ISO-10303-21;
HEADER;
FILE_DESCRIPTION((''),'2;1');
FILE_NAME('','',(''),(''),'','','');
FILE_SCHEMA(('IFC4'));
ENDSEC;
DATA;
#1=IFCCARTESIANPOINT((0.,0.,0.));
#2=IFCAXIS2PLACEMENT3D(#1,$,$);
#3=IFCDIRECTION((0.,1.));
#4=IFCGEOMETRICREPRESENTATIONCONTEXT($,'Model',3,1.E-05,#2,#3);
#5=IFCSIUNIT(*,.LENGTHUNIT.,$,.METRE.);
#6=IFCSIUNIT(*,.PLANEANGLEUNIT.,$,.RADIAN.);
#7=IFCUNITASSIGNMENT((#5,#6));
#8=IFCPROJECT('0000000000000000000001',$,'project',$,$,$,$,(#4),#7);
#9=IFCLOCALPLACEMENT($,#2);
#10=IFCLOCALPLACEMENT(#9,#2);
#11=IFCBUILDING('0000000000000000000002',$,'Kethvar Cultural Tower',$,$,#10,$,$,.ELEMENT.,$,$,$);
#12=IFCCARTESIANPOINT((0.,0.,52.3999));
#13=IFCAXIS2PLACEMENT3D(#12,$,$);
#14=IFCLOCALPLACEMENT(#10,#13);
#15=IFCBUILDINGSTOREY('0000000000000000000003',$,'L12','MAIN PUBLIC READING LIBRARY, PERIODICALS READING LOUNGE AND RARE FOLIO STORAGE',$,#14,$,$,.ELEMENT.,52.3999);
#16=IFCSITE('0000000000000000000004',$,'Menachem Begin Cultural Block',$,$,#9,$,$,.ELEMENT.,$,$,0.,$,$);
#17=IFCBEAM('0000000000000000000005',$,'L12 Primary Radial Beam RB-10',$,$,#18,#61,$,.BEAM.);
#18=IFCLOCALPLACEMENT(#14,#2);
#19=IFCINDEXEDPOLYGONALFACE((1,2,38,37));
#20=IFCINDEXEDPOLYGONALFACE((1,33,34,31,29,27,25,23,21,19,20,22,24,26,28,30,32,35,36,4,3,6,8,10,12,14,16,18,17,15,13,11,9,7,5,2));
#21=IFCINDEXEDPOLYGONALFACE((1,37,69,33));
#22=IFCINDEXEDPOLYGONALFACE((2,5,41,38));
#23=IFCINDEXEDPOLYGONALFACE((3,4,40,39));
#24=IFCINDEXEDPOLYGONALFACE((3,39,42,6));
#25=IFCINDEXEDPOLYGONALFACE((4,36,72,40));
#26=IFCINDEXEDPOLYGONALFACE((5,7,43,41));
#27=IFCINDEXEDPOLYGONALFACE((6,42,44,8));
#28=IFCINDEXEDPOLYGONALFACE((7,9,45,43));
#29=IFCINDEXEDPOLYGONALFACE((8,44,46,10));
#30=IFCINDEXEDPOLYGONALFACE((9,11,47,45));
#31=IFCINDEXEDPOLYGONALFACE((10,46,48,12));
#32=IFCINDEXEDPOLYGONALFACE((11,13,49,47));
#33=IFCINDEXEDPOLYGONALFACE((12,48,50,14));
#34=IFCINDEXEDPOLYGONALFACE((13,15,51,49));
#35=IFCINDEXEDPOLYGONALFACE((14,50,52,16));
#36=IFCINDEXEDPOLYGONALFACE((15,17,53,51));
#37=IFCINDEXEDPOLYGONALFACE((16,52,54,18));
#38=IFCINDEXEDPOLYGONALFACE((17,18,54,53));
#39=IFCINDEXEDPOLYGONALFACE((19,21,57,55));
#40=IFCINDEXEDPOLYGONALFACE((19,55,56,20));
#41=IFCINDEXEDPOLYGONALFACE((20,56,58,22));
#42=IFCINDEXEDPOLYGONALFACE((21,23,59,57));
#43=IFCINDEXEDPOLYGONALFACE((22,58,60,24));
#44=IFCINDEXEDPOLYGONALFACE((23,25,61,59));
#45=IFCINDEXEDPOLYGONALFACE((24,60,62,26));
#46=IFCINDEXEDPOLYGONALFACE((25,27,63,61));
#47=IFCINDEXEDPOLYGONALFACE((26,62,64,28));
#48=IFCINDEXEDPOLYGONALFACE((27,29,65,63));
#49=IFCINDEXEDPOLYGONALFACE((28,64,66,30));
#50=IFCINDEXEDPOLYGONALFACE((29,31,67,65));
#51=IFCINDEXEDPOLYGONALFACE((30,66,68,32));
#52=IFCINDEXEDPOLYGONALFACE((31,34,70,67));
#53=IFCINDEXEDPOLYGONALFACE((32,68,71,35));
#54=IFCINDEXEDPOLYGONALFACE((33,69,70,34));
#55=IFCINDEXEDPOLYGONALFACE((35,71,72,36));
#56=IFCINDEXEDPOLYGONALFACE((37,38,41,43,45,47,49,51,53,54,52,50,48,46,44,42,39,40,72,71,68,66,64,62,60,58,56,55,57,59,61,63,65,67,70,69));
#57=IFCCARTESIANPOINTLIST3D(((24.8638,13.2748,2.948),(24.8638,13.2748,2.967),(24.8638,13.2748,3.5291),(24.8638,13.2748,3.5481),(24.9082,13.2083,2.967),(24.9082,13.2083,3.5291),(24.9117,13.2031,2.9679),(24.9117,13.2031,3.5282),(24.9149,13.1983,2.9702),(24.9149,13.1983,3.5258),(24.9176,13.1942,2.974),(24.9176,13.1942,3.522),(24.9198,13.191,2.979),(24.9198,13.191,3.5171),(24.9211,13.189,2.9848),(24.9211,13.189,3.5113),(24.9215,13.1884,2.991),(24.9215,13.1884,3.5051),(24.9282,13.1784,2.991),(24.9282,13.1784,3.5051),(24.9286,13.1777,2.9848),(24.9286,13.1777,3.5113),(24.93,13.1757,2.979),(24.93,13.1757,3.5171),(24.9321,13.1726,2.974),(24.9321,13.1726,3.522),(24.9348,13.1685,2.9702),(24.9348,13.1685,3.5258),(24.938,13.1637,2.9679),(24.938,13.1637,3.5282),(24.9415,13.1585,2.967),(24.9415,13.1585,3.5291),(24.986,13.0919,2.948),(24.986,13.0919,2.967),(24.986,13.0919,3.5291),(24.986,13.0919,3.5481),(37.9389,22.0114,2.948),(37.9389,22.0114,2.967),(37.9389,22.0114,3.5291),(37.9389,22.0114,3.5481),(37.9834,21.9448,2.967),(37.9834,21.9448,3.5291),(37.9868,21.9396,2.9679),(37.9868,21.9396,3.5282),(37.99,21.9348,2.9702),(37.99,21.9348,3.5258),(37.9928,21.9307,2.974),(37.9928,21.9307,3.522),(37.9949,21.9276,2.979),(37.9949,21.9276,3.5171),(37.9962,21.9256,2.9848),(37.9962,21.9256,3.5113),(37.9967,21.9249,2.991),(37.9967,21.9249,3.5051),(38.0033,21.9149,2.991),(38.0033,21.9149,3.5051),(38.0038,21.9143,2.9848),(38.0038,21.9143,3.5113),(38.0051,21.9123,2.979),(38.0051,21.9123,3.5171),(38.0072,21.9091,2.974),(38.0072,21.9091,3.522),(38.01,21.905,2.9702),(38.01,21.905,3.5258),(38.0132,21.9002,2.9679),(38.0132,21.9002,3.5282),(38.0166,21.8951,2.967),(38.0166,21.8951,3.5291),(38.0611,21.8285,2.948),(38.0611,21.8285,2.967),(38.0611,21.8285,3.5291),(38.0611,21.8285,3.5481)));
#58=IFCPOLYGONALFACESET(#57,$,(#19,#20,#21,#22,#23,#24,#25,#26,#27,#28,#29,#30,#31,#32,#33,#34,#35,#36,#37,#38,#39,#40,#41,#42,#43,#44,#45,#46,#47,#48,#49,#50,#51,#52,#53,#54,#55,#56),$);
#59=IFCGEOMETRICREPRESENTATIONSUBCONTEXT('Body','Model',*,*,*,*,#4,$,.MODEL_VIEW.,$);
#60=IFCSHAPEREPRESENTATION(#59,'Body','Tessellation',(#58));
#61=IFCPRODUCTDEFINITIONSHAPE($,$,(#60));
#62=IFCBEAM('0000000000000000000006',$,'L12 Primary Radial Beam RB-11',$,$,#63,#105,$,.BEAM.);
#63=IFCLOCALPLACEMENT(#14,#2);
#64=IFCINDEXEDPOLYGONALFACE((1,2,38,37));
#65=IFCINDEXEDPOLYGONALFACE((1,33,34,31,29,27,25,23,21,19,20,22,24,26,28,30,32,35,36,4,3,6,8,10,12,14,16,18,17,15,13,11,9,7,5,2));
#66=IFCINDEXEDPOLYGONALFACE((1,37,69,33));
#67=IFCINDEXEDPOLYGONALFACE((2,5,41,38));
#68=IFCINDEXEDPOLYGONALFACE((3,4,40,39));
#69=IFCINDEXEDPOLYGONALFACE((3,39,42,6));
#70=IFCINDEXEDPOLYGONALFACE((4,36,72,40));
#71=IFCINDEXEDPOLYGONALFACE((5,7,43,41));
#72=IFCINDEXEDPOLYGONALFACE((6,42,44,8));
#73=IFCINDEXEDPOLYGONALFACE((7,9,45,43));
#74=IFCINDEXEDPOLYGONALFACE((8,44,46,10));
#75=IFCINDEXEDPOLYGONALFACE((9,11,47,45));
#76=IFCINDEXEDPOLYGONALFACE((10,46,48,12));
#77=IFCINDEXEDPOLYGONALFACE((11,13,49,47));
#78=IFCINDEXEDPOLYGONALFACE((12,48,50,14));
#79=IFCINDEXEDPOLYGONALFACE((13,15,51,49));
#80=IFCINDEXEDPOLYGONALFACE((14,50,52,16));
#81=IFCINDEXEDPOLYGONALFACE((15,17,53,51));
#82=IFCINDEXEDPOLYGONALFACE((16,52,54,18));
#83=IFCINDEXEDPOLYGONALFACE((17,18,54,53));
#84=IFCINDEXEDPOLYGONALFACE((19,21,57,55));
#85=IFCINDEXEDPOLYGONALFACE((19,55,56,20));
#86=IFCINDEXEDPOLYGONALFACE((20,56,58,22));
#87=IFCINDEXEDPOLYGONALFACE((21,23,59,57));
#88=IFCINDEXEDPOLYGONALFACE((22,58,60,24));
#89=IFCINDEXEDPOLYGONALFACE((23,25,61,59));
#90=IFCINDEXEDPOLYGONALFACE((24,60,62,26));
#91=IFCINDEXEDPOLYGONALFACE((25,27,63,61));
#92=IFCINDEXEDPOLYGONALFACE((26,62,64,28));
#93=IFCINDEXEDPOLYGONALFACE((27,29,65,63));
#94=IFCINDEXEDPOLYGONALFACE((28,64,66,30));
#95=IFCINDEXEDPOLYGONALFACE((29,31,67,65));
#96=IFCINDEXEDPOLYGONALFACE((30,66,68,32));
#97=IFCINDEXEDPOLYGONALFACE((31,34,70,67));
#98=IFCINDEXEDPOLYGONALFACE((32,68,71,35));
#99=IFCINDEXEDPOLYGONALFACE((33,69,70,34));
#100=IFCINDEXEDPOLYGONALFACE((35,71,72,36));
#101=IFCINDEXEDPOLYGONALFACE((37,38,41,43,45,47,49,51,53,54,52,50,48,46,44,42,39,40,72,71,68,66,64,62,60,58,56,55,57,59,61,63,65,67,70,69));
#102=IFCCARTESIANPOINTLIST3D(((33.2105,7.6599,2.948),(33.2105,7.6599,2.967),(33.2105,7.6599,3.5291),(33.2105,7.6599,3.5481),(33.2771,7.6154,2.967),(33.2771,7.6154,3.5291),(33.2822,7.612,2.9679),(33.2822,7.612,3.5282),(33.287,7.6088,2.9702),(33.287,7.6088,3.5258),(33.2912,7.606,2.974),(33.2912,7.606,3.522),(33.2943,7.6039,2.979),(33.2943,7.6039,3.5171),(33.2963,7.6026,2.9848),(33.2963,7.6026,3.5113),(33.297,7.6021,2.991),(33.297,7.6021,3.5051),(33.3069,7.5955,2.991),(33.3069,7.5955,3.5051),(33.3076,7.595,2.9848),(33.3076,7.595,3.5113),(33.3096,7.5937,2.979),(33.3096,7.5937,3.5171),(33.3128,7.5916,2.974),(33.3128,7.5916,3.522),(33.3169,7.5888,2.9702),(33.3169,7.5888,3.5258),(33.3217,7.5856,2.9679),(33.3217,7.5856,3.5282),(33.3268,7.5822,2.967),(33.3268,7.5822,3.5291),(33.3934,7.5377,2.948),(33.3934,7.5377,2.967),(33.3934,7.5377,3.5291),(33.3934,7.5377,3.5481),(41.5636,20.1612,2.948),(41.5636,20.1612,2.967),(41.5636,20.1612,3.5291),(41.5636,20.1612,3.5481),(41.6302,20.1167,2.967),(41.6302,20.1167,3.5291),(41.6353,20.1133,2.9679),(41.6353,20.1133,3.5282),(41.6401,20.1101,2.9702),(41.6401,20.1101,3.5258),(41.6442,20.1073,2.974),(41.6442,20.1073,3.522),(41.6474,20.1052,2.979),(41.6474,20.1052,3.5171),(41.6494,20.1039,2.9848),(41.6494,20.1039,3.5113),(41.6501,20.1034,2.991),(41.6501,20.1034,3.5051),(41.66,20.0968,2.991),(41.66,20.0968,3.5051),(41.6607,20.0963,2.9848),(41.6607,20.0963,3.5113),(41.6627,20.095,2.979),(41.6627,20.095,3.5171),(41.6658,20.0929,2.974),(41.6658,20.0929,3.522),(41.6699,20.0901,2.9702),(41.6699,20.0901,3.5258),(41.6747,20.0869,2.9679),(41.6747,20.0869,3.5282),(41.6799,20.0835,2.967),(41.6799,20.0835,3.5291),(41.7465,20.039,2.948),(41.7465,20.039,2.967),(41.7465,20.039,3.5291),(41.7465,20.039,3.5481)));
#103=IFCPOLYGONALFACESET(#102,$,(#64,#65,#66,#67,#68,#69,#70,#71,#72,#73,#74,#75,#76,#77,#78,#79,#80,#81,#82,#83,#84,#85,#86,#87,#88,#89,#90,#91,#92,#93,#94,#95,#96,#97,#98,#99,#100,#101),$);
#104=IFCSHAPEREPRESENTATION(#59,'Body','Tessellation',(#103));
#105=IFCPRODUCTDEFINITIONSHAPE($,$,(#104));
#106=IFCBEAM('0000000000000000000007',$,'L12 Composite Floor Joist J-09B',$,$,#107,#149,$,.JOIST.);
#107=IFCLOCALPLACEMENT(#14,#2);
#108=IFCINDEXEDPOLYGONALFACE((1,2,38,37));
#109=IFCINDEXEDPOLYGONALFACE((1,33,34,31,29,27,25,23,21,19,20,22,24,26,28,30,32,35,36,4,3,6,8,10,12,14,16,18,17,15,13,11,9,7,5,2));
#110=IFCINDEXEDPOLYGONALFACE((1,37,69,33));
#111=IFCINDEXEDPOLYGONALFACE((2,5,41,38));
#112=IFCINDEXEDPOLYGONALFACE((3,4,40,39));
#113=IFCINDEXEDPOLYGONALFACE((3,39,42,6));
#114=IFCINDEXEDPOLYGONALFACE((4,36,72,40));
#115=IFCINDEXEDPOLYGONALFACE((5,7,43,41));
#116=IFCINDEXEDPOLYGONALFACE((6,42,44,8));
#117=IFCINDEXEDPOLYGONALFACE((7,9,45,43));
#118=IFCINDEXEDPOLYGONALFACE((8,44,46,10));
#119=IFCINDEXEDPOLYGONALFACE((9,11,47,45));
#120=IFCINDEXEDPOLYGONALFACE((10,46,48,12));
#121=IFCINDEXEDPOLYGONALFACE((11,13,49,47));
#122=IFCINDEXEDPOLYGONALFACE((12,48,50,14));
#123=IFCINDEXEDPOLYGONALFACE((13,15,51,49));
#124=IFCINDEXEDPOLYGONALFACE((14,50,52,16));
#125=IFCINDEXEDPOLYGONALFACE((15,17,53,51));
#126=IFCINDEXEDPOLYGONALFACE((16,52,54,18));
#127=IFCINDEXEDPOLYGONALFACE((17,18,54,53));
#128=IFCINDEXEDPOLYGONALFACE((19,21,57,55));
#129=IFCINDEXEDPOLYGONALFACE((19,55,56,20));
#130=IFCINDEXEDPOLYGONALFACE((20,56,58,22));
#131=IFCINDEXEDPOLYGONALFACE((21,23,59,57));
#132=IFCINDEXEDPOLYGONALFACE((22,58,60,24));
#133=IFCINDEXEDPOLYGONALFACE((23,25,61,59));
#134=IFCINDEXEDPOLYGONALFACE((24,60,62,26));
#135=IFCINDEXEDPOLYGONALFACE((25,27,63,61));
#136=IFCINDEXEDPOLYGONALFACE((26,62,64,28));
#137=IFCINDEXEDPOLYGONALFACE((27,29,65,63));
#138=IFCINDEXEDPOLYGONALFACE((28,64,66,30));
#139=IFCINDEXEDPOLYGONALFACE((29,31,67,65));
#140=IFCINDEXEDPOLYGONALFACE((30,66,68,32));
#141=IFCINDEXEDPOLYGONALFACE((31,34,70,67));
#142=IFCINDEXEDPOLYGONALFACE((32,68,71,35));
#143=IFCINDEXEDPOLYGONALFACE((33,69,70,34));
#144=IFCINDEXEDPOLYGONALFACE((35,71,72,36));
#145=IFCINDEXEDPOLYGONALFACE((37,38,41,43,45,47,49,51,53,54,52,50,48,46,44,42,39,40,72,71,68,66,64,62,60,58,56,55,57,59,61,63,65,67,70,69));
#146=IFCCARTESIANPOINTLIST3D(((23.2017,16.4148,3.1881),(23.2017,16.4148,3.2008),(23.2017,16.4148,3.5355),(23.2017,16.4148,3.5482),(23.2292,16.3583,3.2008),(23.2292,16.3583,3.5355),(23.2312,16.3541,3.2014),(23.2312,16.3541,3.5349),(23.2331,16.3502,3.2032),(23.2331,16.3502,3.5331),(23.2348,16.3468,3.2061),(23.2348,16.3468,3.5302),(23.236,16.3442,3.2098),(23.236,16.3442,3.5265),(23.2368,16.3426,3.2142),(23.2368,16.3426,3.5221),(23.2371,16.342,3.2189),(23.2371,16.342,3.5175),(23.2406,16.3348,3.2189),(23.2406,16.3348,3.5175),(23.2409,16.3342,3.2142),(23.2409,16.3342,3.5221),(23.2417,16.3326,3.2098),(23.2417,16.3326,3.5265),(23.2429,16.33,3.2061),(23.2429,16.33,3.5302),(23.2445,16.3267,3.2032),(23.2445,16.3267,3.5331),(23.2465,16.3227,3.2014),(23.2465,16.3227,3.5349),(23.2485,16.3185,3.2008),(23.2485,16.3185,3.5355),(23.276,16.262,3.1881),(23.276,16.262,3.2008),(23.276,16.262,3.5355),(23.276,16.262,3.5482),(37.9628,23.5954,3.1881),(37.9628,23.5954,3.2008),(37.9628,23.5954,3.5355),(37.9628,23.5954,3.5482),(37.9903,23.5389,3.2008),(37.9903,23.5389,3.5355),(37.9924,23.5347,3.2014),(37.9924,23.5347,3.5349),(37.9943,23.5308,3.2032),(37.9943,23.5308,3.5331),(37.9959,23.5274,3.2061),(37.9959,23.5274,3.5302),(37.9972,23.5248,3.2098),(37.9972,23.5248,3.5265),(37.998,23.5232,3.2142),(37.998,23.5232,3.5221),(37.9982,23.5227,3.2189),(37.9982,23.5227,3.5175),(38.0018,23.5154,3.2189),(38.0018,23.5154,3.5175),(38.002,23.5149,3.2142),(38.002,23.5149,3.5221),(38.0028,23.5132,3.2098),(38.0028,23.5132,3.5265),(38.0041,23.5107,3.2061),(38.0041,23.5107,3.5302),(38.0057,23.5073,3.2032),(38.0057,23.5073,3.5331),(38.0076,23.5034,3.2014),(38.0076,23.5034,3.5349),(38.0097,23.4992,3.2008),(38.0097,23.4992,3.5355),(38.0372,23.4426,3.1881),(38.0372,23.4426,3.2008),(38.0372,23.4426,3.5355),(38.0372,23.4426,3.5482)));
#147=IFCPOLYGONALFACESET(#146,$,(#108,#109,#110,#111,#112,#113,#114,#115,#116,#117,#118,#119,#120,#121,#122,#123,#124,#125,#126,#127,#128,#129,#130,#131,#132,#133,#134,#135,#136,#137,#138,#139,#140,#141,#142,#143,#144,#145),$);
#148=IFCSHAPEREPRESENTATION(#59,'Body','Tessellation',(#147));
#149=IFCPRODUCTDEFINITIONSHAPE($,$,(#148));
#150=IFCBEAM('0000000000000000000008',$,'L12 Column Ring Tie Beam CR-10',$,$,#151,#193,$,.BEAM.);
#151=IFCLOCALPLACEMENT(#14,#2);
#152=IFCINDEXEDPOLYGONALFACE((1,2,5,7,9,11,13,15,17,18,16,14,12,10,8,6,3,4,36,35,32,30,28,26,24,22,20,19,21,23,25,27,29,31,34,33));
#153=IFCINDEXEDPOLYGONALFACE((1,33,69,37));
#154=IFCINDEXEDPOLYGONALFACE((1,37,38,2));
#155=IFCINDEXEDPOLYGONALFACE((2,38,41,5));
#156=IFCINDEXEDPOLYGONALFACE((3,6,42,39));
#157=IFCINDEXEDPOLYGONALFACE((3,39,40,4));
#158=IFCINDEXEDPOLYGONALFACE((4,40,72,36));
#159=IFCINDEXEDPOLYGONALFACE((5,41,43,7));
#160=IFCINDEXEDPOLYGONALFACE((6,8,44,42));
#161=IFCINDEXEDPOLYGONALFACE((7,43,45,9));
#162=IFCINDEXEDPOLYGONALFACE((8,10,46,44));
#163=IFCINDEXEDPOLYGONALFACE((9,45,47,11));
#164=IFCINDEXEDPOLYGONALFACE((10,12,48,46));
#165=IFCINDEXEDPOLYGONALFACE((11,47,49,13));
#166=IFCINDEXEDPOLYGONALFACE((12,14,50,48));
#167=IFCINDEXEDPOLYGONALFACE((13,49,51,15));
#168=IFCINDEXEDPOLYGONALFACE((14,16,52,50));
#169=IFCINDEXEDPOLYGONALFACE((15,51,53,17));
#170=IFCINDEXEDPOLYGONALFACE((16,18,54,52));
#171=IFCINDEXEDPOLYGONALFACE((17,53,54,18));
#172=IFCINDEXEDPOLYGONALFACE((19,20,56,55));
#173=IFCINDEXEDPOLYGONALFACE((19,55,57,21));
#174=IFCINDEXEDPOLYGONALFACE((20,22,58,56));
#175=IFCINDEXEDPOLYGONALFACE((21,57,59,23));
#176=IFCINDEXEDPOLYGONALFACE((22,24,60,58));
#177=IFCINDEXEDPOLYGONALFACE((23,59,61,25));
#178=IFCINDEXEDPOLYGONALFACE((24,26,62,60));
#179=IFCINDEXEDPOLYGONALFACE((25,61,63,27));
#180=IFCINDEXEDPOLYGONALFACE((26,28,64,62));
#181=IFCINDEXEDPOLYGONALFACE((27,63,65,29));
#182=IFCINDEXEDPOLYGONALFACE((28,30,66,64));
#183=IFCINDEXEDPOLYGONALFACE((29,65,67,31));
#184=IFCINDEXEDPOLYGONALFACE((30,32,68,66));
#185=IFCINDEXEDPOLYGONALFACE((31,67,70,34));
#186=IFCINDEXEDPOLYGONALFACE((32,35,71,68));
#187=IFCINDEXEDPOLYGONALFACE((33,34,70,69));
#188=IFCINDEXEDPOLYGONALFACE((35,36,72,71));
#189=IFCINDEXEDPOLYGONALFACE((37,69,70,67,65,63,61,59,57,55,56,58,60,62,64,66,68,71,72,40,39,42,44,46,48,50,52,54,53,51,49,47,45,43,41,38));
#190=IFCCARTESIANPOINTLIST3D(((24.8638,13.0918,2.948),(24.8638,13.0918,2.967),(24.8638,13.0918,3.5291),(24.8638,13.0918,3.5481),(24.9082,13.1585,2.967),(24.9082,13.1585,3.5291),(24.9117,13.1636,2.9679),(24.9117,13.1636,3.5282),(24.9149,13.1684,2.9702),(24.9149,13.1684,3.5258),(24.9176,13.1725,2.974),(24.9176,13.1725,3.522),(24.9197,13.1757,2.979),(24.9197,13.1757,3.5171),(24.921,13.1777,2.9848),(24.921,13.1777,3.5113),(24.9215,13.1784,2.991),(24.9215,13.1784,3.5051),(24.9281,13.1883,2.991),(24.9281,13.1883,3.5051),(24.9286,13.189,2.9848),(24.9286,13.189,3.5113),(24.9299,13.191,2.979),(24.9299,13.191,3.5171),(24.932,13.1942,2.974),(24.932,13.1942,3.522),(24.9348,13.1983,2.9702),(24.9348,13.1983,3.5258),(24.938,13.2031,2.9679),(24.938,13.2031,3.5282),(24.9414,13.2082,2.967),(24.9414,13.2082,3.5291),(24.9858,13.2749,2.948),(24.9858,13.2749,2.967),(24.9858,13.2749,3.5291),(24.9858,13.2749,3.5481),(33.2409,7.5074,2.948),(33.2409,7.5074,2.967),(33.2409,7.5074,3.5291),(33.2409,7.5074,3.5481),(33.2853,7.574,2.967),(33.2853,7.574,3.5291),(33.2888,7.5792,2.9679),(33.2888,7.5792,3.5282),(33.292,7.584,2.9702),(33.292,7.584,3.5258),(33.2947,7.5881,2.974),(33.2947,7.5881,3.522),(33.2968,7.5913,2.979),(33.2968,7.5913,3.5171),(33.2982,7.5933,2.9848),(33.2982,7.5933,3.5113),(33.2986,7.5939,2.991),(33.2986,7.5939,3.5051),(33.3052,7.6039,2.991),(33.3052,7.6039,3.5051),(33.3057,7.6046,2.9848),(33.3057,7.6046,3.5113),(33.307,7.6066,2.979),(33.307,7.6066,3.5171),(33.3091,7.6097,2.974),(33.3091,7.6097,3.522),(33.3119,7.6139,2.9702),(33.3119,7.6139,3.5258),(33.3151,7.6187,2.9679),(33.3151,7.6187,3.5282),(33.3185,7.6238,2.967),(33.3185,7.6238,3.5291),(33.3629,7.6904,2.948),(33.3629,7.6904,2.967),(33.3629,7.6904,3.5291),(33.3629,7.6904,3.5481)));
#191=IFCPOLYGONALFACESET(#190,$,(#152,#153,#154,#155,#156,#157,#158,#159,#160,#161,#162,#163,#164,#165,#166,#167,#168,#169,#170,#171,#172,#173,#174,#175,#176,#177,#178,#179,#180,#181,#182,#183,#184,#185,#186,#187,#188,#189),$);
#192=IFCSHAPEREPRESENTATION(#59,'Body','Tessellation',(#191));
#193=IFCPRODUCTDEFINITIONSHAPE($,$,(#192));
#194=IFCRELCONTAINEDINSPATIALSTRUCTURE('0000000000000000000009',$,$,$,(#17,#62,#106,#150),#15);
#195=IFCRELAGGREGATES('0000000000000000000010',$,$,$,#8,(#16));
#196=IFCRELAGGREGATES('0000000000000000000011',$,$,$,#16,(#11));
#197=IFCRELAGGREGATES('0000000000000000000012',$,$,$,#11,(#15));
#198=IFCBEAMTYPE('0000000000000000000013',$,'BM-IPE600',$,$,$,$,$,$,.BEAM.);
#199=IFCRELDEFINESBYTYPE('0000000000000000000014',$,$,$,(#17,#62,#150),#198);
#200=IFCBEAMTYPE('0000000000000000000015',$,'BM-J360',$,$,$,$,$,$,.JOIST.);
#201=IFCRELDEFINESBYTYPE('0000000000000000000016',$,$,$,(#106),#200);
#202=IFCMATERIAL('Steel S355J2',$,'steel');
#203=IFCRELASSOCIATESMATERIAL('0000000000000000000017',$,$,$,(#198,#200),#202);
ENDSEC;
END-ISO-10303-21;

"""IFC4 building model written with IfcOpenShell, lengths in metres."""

from ifc_helpers import new_model, si_unit, direction, frame, origin, origin_2d, place, context, subcontext, project, spatial, i_section, extrude, source, transform, mapped, material, material_profile, profile_set, type_object, element, save


model = new_model("IFC4")

# Units and contexts
model_context = context("Model", 3, precision=1e-05, world=origin(), true_north=direction((0.0, 1.0)))
body_context = subcontext(model_context, "Body", "Model", "MODEL_VIEW")
ifc_project = project(units=[si_unit("LENGTHUNIT", "METRE"), si_unit("PLANEANGLEUNIT", "RADIAN")], contexts=[model_context])

# Site, building, storey
site_placement = place(None, origin())
site = spatial("IfcSite", under=ifc_project, at=site_placement, Name="Menachem Begin Cultural Block", CompositionType="ELEMENT", RefElevation=0.0)
building_placement = place(site_placement, origin())
building = spatial("IfcBuilding", under=site, at=building_placement, Name="Kethvar Cultural Tower", CompositionType="ELEMENT")
storey_placement = place(building_placement, frame((0.0, 0.0, 52.3999)))
storey = spatial("IfcBuildingStorey", under=building, at=storey_placement, Name="L12", Description="MAIN PUBLIC READING LIBRARY, PERIODICALS READING LOUNGE AND RARE FOLIO STORAGE", CompositionType="ELEMENT", Elevation=52.3999)

# Beams
ifc_material_1 = material(Name="Steel S355J2", Category="steel")
ifc_material_profile_1 = material_profile(ifc_material_1, i_section(OverallWidth=0.22, OverallDepth=0.6001, WebThickness=0.012, FlangeThickness=0.019, FilletRadius=0.0239, at=origin_2d()), Name="Steel S355J2 — IPE600")
ifc_profile_set_1 = profile_set([ifc_material_profile_1], Name="Steel S355J2 — IPE600")
beam_type_1 = type_object("IfcBeamType", Name="BM-IPE600", PredefinedType="BEAM", material=ifc_profile_set_1)
shared_shape_1 = source(origin(), body_context, "Body", "SweptSolid", [
    extrude(i_section(OverallWidth=0.22, OverallDepth=0.6001, WebThickness=0.012, FlangeThickness=0.019, FilletRadius=0.0239, at=origin_2d()), origin(), (0.0, 0.0, 1.0), 15.7253),
])
beam_1_placement = place(storey_placement, frame((38.0, 21.9199, 3.248), z_axis=(-0.831469, -0.55557, 0.0), x_axis=(0.55557, -0.831469, 0.0)))
element("IfcBeam", 1, at=beam_1_placement, inside=storey, type_object=beam_type_1, Name="L12 Primary Radial Beam RB-10", PredefinedType="BEAM", context=body_context, shape_type="MappedRepresentation", body=[
    mapped(shared_shape_1, transform((0.0, 0.0, 0.0), scale=1.0)),
])
shared_shape_2 = source(origin(), body_context, "Body", "SweptSolid", [
    extrude(i_section(OverallWidth=0.22, OverallDepth=0.6001, WebThickness=0.012, FlangeThickness=0.019, FilletRadius=0.0239, at=origin_2d()), origin(), (0.0, 0.0, 1.0), 15.0352),
])
beam_2_placement = place(storey_placement, frame((41.655, 20.1001, 3.248), z_axis=(-0.555569, -0.83147, 0.0), x_axis=(0.83147, -0.555569, 0.0)))
element("IfcBeam", 2, at=beam_2_placement, inside=storey, type_object=beam_type_1, Name="L12 Primary Radial Beam RB-11", PredefinedType="BEAM", context=body_context, shape_type="MappedRepresentation", body=[
    mapped(shared_shape_2, transform((0.0, 0.0, 0.0), scale=1.0)),
])
ifc_material_profile_2 = material_profile(ifc_material_1, i_section(OverallWidth=0.1699, OverallDepth=0.3601, WebThickness=0.0081, FlangeThickness=0.0127, FilletRadius=0.0181, at=origin_2d()), Name="Steel S355J2 — IPE360")
ifc_profile_set_2 = profile_set([ifc_material_profile_2], Name="Steel S355J2 — IPE360")
beam_type_2 = type_object("IfcBeamType", Name="BM-J360", PredefinedType="JOIST", material=ifc_profile_set_2)
shared_shape_3 = source(origin(), body_context, "Body", "SweptSolid", [
    extrude(i_section(OverallWidth=0.1699, OverallDepth=0.3601, WebThickness=0.0081, FlangeThickness=0.0127, FilletRadius=0.0181, at=origin_2d()), origin(), (0.0, 0.0, 1.0), 16.415),
])
beam_3_placement = place(storey_placement, frame((38.0, 23.519, 3.3682), z_axis=(-0.899246, -0.437442, 0.0), x_axis=(0.437442, -0.899246, 0.0)))
element("IfcBeam", 3, at=beam_3_placement, inside=storey, type_object=beam_type_2, Name="L12 Composite Floor Joist J-09B", PredefinedType="JOIST", context=body_context, shape_type="MappedRepresentation", body=[
    mapped(shared_shape_3, transform((0.0, 0.0, 0.0), scale=1.0)),
])
shared_shape_4 = source(origin(), body_context, "Body", "SweptSolid", [
    extrude(i_section(OverallWidth=0.22, OverallDepth=0.6001, WebThickness=0.012, FlangeThickness=0.019, FilletRadius=0.0239, at=origin_2d()), origin(), (0.0, 0.0, 1.0), 10.0679),
])
beam_4_placement = place(storey_placement, frame((24.9248, 13.1833, 3.248), z_axis=(0.832065, -0.554678, 0.0), x_axis=(0.554678, 0.832065, 0.0)))
element("IfcBeam", 4, at=beam_4_placement, inside=storey, type_object=beam_type_1, Name="L12 Column Ring Tie Beam CR-10", PredefinedType="BEAM", context=body_context, shape_type="MappedRepresentation", body=[
    mapped(shared_shape_4, transform((0.0, 0.0, 0.0), scale=1.0)),
])

save(model, "model.ifc")
